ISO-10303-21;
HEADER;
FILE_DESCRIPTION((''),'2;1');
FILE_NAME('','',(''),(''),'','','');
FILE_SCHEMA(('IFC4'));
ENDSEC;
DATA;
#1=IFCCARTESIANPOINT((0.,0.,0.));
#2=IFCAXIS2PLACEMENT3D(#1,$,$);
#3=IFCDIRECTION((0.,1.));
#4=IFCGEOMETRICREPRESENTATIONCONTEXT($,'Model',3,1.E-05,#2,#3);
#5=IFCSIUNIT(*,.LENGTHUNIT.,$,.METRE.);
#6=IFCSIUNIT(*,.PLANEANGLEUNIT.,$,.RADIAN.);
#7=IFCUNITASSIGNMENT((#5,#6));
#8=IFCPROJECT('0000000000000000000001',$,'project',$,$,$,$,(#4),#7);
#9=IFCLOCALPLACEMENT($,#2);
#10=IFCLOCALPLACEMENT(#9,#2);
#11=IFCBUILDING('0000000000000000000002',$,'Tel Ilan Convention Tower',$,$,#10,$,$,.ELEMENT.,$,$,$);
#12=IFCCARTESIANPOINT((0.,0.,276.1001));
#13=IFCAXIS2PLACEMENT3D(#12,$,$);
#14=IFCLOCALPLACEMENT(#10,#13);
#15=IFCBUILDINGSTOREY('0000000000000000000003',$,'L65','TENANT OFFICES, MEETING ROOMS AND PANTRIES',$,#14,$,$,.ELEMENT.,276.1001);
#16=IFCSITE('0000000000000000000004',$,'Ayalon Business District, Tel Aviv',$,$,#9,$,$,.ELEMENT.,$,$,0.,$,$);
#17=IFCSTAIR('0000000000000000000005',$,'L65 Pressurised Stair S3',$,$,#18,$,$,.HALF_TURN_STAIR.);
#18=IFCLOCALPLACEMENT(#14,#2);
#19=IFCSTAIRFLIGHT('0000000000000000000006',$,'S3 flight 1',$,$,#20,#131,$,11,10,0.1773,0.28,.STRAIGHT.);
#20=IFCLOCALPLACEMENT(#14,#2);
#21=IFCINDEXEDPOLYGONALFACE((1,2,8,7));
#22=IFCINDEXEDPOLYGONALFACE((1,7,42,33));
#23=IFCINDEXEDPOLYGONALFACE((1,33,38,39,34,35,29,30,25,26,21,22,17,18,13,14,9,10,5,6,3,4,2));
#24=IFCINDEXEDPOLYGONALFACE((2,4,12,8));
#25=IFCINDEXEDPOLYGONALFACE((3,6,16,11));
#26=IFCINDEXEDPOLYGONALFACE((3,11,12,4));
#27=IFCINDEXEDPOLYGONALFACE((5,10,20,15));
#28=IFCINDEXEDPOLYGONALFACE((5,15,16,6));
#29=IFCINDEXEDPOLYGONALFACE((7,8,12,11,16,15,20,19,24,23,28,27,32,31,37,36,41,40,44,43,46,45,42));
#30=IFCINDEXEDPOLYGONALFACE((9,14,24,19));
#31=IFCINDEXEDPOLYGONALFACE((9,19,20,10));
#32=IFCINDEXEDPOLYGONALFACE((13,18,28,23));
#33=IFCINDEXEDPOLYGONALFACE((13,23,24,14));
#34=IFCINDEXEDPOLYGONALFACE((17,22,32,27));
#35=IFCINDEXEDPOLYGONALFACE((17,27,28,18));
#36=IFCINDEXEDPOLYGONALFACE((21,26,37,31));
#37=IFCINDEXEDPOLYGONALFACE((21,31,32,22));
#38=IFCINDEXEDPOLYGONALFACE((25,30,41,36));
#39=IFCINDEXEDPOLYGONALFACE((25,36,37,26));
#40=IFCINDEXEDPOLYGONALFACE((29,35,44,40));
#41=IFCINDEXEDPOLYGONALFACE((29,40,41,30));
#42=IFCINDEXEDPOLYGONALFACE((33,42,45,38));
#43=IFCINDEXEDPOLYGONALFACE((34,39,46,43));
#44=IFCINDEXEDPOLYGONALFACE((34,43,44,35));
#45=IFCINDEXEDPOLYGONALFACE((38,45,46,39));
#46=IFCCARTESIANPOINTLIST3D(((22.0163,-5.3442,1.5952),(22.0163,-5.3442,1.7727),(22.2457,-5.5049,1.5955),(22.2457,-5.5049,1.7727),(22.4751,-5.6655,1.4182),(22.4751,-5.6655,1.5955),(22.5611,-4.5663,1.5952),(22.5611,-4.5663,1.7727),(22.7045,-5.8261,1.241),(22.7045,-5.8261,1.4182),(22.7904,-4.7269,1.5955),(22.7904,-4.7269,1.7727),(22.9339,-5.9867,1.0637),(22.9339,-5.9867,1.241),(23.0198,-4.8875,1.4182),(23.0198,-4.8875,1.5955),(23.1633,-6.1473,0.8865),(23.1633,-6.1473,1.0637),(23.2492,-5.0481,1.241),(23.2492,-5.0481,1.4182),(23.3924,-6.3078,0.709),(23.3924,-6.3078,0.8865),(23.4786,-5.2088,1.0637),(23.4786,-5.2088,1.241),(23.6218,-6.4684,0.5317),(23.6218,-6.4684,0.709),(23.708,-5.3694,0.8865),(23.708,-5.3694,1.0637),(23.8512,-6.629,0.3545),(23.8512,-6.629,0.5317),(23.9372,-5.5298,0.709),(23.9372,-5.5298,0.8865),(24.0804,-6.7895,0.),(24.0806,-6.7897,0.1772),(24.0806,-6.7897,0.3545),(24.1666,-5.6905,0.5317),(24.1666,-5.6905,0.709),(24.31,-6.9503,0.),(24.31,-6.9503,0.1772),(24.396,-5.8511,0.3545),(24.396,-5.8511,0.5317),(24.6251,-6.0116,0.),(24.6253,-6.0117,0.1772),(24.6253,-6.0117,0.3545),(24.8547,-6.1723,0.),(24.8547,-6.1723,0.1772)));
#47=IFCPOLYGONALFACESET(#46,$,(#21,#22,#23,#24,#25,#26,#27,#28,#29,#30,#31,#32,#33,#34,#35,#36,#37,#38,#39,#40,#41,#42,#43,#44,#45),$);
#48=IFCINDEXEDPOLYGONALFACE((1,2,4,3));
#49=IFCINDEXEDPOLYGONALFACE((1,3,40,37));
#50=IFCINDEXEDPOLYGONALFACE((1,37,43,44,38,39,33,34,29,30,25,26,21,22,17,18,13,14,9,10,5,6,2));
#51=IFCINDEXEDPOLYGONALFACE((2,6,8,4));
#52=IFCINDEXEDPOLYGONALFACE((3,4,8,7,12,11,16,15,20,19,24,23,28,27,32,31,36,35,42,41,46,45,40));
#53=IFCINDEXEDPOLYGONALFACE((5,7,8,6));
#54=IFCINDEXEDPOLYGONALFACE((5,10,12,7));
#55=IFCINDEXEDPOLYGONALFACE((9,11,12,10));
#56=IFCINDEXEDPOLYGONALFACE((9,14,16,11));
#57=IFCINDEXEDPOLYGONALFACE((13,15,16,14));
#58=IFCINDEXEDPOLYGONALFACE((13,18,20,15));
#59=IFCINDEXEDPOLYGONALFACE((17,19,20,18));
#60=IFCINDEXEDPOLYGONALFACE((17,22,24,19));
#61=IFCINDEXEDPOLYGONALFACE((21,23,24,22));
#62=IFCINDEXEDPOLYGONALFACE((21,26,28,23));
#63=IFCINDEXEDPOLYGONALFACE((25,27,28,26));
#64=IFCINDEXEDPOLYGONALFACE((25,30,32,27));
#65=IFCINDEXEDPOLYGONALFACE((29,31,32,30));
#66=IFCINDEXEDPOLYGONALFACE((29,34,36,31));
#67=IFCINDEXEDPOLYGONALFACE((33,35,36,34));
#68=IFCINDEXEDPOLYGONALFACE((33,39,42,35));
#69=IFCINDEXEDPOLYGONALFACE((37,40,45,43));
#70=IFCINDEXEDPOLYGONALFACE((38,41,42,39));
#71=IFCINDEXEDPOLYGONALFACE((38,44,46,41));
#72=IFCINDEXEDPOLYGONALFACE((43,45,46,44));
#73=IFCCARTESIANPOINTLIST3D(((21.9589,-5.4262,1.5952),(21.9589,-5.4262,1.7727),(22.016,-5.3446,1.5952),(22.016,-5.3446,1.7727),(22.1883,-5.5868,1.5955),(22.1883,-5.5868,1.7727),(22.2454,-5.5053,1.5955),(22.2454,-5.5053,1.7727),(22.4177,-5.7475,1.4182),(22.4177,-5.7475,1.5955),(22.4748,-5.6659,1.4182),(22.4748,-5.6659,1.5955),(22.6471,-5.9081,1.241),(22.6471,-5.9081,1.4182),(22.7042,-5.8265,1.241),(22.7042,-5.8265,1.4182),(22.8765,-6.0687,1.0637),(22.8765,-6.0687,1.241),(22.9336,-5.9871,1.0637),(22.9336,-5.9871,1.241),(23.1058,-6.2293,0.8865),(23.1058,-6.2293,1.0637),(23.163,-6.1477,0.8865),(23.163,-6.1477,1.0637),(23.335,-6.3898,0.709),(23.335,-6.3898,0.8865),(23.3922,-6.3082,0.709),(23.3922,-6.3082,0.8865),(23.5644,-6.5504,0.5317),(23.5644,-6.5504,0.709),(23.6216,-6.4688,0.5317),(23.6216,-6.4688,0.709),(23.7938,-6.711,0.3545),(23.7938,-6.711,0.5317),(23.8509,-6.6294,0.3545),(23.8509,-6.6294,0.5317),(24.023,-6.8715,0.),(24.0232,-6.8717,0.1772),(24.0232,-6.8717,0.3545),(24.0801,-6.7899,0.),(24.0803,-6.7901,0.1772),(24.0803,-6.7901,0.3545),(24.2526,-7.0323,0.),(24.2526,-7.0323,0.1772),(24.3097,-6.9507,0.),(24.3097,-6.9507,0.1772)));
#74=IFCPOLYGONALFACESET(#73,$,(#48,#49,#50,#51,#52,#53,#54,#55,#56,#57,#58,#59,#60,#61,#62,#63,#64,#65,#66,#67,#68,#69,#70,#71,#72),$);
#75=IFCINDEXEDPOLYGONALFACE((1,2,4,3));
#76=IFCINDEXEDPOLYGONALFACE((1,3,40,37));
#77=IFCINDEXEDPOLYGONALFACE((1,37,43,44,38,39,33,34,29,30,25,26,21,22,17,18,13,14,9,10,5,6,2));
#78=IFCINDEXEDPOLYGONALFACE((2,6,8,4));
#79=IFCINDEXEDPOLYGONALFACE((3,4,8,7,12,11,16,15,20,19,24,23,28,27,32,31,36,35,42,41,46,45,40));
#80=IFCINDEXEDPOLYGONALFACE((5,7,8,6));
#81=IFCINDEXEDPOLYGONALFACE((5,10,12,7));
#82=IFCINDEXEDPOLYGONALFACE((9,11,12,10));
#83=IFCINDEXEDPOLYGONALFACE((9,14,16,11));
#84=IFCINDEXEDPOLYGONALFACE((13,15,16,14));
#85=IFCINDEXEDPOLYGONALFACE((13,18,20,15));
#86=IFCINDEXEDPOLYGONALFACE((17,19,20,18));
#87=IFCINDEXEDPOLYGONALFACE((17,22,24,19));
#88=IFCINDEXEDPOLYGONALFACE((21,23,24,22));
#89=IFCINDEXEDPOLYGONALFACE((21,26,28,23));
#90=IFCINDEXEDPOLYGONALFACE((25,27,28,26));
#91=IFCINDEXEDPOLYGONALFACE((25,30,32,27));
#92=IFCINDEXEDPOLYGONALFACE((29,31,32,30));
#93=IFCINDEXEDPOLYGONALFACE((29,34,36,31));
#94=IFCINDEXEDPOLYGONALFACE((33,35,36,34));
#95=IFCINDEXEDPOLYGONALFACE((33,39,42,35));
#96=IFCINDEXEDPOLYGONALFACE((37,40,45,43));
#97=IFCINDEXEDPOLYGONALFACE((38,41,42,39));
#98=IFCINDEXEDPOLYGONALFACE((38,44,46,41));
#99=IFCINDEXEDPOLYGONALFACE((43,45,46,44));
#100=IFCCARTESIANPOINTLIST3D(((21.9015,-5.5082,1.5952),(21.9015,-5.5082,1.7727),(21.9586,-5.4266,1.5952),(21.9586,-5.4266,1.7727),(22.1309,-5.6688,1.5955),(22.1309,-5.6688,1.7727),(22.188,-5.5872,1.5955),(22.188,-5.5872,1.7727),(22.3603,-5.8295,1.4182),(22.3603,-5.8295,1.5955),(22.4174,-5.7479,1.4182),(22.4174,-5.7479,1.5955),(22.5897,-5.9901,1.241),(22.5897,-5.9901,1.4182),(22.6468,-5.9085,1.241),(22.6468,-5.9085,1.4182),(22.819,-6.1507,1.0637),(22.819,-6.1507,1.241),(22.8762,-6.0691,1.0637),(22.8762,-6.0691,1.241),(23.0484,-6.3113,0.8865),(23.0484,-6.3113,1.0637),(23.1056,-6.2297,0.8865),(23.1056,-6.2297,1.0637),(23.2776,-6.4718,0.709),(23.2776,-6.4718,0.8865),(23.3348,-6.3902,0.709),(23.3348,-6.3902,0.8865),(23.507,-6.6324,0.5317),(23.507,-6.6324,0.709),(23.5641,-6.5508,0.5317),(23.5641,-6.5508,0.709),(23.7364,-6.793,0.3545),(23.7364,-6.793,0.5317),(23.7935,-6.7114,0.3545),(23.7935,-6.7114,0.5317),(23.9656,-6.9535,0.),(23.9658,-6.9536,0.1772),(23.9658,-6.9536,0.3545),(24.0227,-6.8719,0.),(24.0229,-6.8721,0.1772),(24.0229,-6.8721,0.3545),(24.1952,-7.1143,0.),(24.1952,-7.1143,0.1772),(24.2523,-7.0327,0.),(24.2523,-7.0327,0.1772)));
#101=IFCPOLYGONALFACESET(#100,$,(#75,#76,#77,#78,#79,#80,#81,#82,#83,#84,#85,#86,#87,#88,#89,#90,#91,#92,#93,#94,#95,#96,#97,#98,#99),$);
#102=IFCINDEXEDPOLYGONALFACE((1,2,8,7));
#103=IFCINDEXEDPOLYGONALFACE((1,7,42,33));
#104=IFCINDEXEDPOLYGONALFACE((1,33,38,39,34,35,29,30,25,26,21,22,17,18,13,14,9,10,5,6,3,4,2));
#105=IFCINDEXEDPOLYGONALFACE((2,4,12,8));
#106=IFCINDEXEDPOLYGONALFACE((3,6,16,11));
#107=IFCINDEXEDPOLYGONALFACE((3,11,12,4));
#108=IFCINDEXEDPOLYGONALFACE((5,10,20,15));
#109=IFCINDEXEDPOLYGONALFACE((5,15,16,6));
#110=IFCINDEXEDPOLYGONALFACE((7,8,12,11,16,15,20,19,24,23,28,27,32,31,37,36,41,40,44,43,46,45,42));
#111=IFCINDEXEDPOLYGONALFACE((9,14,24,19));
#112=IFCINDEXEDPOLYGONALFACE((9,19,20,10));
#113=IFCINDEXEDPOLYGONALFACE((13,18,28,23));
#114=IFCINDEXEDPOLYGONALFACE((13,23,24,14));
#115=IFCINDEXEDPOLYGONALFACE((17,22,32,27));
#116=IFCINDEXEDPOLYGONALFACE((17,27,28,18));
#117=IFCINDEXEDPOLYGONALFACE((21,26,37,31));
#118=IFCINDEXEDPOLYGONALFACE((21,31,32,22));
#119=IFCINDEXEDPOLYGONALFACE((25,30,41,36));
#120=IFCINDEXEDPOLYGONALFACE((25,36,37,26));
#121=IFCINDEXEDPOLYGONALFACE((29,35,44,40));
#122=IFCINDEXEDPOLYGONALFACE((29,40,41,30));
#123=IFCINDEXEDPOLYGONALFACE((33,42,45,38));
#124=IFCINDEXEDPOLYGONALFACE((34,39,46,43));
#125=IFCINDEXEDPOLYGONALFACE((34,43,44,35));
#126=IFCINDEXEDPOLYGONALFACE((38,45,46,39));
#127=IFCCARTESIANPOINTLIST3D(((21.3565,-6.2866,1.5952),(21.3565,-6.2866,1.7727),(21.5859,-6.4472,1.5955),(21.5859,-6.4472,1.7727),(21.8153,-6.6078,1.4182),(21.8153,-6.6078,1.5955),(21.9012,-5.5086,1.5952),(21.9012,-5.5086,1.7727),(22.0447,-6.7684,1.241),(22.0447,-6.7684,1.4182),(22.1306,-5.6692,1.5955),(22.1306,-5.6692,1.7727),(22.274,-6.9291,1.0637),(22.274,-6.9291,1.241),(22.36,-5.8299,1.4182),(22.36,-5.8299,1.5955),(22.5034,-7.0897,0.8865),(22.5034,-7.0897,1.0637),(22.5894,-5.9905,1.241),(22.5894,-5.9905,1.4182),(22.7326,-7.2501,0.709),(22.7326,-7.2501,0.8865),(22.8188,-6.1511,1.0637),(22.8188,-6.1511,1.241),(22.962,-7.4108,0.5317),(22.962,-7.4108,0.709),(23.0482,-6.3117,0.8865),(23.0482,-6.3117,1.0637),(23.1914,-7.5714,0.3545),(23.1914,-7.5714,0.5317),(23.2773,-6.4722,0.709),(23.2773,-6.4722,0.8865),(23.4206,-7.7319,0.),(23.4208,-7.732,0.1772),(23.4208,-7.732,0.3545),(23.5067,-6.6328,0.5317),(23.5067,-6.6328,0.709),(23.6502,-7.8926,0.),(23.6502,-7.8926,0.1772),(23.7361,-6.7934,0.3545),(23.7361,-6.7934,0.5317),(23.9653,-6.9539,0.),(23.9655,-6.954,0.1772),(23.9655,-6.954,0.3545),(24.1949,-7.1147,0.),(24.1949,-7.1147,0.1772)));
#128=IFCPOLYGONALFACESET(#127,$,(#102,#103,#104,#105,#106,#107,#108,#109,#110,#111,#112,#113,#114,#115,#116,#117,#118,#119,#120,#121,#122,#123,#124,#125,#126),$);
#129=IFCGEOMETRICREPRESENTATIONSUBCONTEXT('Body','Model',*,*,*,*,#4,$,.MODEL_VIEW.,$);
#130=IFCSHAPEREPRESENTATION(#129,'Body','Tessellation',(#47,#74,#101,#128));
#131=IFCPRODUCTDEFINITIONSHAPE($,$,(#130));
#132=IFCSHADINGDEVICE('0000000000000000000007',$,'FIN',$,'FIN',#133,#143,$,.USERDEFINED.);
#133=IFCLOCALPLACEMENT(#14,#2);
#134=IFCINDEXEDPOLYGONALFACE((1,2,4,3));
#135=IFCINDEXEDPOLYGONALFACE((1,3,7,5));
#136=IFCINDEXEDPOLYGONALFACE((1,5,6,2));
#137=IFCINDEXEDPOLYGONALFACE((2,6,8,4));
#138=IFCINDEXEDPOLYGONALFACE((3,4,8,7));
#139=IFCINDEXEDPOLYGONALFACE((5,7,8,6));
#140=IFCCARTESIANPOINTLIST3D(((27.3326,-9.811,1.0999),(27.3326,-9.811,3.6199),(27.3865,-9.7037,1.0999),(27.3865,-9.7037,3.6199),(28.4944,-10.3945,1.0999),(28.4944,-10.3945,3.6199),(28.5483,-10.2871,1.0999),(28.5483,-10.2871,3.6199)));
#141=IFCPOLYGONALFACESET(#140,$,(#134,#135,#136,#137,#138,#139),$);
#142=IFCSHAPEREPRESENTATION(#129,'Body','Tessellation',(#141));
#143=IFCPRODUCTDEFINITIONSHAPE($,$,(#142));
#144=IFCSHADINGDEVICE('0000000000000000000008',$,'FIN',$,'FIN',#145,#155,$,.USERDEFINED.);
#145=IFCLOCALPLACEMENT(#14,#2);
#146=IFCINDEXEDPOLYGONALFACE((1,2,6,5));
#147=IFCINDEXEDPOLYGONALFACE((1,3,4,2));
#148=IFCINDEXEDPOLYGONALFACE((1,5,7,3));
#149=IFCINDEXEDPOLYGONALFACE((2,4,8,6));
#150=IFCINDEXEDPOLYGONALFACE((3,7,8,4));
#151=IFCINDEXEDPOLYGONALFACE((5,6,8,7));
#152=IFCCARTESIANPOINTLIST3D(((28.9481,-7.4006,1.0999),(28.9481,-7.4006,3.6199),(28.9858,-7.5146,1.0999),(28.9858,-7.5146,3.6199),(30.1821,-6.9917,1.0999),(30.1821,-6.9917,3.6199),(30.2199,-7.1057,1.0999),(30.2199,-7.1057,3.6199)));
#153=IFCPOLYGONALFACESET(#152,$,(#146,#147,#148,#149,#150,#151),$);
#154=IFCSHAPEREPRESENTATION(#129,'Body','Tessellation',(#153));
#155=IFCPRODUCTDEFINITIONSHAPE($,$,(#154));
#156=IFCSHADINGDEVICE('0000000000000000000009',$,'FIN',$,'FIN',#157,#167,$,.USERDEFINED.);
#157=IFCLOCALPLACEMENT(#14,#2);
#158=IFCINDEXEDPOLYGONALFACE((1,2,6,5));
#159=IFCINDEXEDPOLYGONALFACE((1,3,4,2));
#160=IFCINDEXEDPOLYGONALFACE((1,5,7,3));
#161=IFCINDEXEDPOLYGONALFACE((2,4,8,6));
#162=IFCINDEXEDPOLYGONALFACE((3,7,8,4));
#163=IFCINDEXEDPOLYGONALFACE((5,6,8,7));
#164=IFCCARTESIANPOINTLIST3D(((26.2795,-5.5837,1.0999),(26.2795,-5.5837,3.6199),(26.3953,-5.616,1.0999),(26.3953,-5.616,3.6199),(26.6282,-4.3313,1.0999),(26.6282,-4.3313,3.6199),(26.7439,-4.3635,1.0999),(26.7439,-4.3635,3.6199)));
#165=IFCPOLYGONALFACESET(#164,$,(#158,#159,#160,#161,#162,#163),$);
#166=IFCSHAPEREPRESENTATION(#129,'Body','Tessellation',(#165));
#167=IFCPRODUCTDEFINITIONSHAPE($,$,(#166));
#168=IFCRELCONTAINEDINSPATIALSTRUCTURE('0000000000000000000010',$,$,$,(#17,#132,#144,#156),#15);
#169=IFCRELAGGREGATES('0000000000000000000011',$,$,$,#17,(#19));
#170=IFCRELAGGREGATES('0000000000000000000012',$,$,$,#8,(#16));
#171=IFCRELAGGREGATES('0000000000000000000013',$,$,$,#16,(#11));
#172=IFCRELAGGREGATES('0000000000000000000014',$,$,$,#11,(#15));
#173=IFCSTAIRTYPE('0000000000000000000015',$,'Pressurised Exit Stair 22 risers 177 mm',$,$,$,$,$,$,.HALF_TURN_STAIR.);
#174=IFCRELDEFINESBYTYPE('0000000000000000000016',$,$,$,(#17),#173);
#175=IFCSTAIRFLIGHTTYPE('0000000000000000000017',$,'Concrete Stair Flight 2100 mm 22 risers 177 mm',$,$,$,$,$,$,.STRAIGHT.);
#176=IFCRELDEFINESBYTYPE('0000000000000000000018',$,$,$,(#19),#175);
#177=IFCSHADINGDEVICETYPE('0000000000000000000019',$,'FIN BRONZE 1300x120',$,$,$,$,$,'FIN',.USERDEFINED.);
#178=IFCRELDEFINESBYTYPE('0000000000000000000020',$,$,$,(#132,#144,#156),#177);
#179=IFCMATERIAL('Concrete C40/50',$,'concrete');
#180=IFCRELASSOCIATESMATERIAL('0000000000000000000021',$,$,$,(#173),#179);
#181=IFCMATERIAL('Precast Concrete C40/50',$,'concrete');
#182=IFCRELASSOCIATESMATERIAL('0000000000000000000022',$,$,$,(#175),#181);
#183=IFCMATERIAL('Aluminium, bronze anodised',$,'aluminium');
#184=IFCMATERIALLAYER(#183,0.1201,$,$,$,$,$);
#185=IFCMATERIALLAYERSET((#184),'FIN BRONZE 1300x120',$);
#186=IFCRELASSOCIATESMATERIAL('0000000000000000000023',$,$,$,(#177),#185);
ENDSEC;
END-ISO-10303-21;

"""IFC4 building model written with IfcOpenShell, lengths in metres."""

from ifc_helpers import new_model, si_unit, direction, frame, origin, origin_2d, place, context, subcontext, project, spatial, polyline, rectangle, outline, extrude, material, layer, layer_set, type_object, element, aggregate, save


model = new_model("IFC4")

# Units and contexts
model_context = context("Model", 3, precision=1e-05, world=origin(), true_north=direction((0.0, 1.0)))
body_context = subcontext(model_context, "Body", "Model", "MODEL_VIEW")
ifc_project = project(units=[si_unit("LENGTHUNIT", "METRE"), si_unit("PLANEANGLEUNIT", "RADIAN")], contexts=[model_context])

# Site, building, storey
site_placement = place(None, origin())
site = spatial("IfcSite", under=ifc_project, at=site_placement, Name="Ayalon Business District, Tel Aviv", CompositionType="ELEMENT", RefElevation=0.0)
building_placement = place(site_placement, origin())
building = spatial("IfcBuilding", under=site, at=building_placement, Name="Tel Ilan Convention Tower", CompositionType="ELEMENT")
storey_placement = place(building_placement, frame((0.0, 0.0, 276.1001)))
storey = spatial("IfcBuildingStorey", under=building, at=storey_placement, Name="L65", Description="TENANT OFFICES, MEETING ROOMS AND PANTRIES", CompositionType="ELEMENT", Elevation=276.1001)

# Stair, stair flight
ifc_material_1 = material(Name="Concrete C40/50", Category="concrete")
stair_type = type_object("IfcStairType", Name="Pressurised Exit Stair 22 risers 177 mm", PredefinedType="HALF_TURN_STAIR", material=ifc_material_1)
stair_placement = place(storey_placement, origin())
stair = element("IfcStair", 1, at=stair_placement, inside=storey, type_object=stair_type, Name="L65 Pressurised Stair S3", PredefinedType="HALF_TURN_STAIR")
ifc_material_2 = material(Name="Precast Concrete C40/50", Category="concrete")
stair_flight_type = type_object("IfcStairFlightType", Name="Concrete Stair Flight 2100 mm 22 risers 177 mm", PredefinedType="STRAIGHT", material=ifc_material_2)
stair_flight_placement = place(storey_placement, frame((24.2524, -7.0325, 0.0), z_axis=(0.0, 0.0, 1.0), x_axis=(-0.819152, 0.573576, 0.0)))
stair_flight = element("IfcStairFlight", 2, at=stair_flight_placement, type_object=stair_flight_type, Name="S3 flight 1", NumberOfRisers=11, NumberOfTreads=10, PredefinedType="STRAIGHT", RiserHeight=0.1773, TreadLength=0.28, context=body_context, shape_type="SweptSolid", body=[
    extrude(outline(polyline([(0.0, 0.0), (0.0, 0.1772), (0.28, 0.1772), (0.28, 0.3545), (0.5601, 0.3545), (0.5601, 0.5317), (0.8401, 0.5317), (0.8401, 0.709), (1.1201, 0.709), (1.1201, 0.8865), (1.3999, 0.8865), (1.3999, 1.0637), (1.6799, 1.0637), (1.6799, 1.241), (1.96, 1.241), (1.96, 1.4182), (2.24, 1.4182), (2.24, 1.5955), (2.52, 1.5955), (2.52, 1.7727), (2.8, 1.7727), (2.8, 1.95), (2.8, 1.5952), (0.2803, 0.0), (0.0, 0.0)])), frame((0.0, -0.1003, 0.0), z_axis=(0.0, -1.0, 0.0), x_axis=(1.0, 0.0, 0.0)), (0.0, 0.0, 1.0), 0.9497),
    extrude(outline(polyline([(0.0, 0.0), (0.0, 0.1772), (0.28, 0.1772), (0.28, 0.3545), (0.5601, 0.3545), (0.5601, 0.5317), (0.8401, 0.5317), (0.8401, 0.709), (1.1201, 0.709), (1.1201, 0.8865), (1.3999, 0.8865), (1.3999, 1.0637), (1.6799, 1.0637), (1.6799, 1.241), (1.96, 1.241), (1.96, 1.4182), (2.24, 1.4182), (2.24, 1.5955), (2.52, 1.5955), (2.52, 1.7727), (2.8, 1.7727), (2.8, 1.95), (2.8, 1.5952), (0.2803, 0.0), (0.0, 0.0)])), frame((0.0, -0.0002, 0.0), z_axis=(0.0, -1.0, 0.0), x_axis=(1.0, 0.0, 0.0)), (0.0, 0.0, 1.0), 0.0996),
    extrude(outline(polyline([(0.0, 0.0), (0.0, 0.1772), (0.28, 0.1772), (0.28, 0.3545), (0.5601, 0.3545), (0.5601, 0.5317), (0.8401, 0.5317), (0.8401, 0.709), (1.1201, 0.709), (1.1201, 0.8865), (1.3999, 0.8865), (1.3999, 1.0637), (1.6799, 1.0637), (1.6799, 1.241), (1.96, 1.241), (1.96, 1.4182), (2.24, 1.4182), (2.24, 1.5955), (2.52, 1.5955), (2.52, 1.7727), (2.8, 1.7727), (2.8, 1.95), (2.8, 1.5952), (0.2803, 0.0), (0.0, 0.0)])), frame((0.0, 0.0999, 0.0), z_axis=(0.0, -1.0, 0.0), x_axis=(1.0, 0.0, 0.0)), (0.0, 0.0, 1.0), 0.0996),
    extrude(outline(polyline([(0.0, 0.0), (0.0, 0.1772), (0.28, 0.1772), (0.28, 0.3545), (0.5601, 0.3545), (0.5601, 0.5317), (0.8401, 0.5317), (0.8401, 0.709), (1.1201, 0.709), (1.1201, 0.8865), (1.3999, 0.8865), (1.3999, 1.0637), (1.6799, 1.0637), (1.6799, 1.241), (1.96, 1.241), (1.96, 1.4182), (2.24, 1.4182), (2.24, 1.5955), (2.52, 1.5955), (2.52, 1.7727), (2.8, 1.7727), (2.8, 1.95), (2.8, 1.5952), (0.2803, 0.0), (0.0, 0.0)])), frame((0.0, 1.05, 0.0), z_axis=(0.0, -1.0, 0.0), x_axis=(1.0, 0.0, 0.0)), (0.0, 0.0, 1.0), 0.9497),
])
aggregate(stair, [stair_flight])

# Shading devices
ifc_material_3 = material(Name="Aluminium, bronze anodised", Category="aluminium")
ifc_layer_1 = layer(ifc_material_3, 0.1201)
ifc_layer_set_1 = layer_set([ifc_layer_1], Name="FIN BRONZE 1300x120")
shading_device_type = type_object("IfcShadingDeviceType", Name="FIN BRONZE 1300x120", ElementType="FIN", PredefinedType="USERDEFINED", material=ifc_layer_set_1)
for number, where, z_axis, x_axis, name in (
    (3, (27.9404, -10.0491, 1.0999), (0.0, 0.0, 1.0), (0.893633, -0.448799, 0.0), "FIN"),
    (4, (29.584, -7.2532, 1.0999), (0.0, 0.0, 1.0), (0.949243, 0.314545, 0.0), "FIN"),
    (5, (26.5117, -4.9736, 1.0999), (0.0, 0.0, 1.0), (0.268173, 0.963371, 0.0), "FIN"),
):
    element("IfcShadingDevice", number, at=place(storey_placement, frame(where, z_axis=z_axis, x_axis=x_axis)), inside=storey, type_object=shading_device_type, Name=name, ObjectType="FIN", PredefinedType="USERDEFINED", context=body_context, shape_type="SweptSolid", body=[
        extrude(rectangle(XDim=1.3, YDim=0.1201, at=origin_2d()), origin(), (0.0, 0.0, 1.0), 2.52),
    ])

save(model, "model.ifc")
